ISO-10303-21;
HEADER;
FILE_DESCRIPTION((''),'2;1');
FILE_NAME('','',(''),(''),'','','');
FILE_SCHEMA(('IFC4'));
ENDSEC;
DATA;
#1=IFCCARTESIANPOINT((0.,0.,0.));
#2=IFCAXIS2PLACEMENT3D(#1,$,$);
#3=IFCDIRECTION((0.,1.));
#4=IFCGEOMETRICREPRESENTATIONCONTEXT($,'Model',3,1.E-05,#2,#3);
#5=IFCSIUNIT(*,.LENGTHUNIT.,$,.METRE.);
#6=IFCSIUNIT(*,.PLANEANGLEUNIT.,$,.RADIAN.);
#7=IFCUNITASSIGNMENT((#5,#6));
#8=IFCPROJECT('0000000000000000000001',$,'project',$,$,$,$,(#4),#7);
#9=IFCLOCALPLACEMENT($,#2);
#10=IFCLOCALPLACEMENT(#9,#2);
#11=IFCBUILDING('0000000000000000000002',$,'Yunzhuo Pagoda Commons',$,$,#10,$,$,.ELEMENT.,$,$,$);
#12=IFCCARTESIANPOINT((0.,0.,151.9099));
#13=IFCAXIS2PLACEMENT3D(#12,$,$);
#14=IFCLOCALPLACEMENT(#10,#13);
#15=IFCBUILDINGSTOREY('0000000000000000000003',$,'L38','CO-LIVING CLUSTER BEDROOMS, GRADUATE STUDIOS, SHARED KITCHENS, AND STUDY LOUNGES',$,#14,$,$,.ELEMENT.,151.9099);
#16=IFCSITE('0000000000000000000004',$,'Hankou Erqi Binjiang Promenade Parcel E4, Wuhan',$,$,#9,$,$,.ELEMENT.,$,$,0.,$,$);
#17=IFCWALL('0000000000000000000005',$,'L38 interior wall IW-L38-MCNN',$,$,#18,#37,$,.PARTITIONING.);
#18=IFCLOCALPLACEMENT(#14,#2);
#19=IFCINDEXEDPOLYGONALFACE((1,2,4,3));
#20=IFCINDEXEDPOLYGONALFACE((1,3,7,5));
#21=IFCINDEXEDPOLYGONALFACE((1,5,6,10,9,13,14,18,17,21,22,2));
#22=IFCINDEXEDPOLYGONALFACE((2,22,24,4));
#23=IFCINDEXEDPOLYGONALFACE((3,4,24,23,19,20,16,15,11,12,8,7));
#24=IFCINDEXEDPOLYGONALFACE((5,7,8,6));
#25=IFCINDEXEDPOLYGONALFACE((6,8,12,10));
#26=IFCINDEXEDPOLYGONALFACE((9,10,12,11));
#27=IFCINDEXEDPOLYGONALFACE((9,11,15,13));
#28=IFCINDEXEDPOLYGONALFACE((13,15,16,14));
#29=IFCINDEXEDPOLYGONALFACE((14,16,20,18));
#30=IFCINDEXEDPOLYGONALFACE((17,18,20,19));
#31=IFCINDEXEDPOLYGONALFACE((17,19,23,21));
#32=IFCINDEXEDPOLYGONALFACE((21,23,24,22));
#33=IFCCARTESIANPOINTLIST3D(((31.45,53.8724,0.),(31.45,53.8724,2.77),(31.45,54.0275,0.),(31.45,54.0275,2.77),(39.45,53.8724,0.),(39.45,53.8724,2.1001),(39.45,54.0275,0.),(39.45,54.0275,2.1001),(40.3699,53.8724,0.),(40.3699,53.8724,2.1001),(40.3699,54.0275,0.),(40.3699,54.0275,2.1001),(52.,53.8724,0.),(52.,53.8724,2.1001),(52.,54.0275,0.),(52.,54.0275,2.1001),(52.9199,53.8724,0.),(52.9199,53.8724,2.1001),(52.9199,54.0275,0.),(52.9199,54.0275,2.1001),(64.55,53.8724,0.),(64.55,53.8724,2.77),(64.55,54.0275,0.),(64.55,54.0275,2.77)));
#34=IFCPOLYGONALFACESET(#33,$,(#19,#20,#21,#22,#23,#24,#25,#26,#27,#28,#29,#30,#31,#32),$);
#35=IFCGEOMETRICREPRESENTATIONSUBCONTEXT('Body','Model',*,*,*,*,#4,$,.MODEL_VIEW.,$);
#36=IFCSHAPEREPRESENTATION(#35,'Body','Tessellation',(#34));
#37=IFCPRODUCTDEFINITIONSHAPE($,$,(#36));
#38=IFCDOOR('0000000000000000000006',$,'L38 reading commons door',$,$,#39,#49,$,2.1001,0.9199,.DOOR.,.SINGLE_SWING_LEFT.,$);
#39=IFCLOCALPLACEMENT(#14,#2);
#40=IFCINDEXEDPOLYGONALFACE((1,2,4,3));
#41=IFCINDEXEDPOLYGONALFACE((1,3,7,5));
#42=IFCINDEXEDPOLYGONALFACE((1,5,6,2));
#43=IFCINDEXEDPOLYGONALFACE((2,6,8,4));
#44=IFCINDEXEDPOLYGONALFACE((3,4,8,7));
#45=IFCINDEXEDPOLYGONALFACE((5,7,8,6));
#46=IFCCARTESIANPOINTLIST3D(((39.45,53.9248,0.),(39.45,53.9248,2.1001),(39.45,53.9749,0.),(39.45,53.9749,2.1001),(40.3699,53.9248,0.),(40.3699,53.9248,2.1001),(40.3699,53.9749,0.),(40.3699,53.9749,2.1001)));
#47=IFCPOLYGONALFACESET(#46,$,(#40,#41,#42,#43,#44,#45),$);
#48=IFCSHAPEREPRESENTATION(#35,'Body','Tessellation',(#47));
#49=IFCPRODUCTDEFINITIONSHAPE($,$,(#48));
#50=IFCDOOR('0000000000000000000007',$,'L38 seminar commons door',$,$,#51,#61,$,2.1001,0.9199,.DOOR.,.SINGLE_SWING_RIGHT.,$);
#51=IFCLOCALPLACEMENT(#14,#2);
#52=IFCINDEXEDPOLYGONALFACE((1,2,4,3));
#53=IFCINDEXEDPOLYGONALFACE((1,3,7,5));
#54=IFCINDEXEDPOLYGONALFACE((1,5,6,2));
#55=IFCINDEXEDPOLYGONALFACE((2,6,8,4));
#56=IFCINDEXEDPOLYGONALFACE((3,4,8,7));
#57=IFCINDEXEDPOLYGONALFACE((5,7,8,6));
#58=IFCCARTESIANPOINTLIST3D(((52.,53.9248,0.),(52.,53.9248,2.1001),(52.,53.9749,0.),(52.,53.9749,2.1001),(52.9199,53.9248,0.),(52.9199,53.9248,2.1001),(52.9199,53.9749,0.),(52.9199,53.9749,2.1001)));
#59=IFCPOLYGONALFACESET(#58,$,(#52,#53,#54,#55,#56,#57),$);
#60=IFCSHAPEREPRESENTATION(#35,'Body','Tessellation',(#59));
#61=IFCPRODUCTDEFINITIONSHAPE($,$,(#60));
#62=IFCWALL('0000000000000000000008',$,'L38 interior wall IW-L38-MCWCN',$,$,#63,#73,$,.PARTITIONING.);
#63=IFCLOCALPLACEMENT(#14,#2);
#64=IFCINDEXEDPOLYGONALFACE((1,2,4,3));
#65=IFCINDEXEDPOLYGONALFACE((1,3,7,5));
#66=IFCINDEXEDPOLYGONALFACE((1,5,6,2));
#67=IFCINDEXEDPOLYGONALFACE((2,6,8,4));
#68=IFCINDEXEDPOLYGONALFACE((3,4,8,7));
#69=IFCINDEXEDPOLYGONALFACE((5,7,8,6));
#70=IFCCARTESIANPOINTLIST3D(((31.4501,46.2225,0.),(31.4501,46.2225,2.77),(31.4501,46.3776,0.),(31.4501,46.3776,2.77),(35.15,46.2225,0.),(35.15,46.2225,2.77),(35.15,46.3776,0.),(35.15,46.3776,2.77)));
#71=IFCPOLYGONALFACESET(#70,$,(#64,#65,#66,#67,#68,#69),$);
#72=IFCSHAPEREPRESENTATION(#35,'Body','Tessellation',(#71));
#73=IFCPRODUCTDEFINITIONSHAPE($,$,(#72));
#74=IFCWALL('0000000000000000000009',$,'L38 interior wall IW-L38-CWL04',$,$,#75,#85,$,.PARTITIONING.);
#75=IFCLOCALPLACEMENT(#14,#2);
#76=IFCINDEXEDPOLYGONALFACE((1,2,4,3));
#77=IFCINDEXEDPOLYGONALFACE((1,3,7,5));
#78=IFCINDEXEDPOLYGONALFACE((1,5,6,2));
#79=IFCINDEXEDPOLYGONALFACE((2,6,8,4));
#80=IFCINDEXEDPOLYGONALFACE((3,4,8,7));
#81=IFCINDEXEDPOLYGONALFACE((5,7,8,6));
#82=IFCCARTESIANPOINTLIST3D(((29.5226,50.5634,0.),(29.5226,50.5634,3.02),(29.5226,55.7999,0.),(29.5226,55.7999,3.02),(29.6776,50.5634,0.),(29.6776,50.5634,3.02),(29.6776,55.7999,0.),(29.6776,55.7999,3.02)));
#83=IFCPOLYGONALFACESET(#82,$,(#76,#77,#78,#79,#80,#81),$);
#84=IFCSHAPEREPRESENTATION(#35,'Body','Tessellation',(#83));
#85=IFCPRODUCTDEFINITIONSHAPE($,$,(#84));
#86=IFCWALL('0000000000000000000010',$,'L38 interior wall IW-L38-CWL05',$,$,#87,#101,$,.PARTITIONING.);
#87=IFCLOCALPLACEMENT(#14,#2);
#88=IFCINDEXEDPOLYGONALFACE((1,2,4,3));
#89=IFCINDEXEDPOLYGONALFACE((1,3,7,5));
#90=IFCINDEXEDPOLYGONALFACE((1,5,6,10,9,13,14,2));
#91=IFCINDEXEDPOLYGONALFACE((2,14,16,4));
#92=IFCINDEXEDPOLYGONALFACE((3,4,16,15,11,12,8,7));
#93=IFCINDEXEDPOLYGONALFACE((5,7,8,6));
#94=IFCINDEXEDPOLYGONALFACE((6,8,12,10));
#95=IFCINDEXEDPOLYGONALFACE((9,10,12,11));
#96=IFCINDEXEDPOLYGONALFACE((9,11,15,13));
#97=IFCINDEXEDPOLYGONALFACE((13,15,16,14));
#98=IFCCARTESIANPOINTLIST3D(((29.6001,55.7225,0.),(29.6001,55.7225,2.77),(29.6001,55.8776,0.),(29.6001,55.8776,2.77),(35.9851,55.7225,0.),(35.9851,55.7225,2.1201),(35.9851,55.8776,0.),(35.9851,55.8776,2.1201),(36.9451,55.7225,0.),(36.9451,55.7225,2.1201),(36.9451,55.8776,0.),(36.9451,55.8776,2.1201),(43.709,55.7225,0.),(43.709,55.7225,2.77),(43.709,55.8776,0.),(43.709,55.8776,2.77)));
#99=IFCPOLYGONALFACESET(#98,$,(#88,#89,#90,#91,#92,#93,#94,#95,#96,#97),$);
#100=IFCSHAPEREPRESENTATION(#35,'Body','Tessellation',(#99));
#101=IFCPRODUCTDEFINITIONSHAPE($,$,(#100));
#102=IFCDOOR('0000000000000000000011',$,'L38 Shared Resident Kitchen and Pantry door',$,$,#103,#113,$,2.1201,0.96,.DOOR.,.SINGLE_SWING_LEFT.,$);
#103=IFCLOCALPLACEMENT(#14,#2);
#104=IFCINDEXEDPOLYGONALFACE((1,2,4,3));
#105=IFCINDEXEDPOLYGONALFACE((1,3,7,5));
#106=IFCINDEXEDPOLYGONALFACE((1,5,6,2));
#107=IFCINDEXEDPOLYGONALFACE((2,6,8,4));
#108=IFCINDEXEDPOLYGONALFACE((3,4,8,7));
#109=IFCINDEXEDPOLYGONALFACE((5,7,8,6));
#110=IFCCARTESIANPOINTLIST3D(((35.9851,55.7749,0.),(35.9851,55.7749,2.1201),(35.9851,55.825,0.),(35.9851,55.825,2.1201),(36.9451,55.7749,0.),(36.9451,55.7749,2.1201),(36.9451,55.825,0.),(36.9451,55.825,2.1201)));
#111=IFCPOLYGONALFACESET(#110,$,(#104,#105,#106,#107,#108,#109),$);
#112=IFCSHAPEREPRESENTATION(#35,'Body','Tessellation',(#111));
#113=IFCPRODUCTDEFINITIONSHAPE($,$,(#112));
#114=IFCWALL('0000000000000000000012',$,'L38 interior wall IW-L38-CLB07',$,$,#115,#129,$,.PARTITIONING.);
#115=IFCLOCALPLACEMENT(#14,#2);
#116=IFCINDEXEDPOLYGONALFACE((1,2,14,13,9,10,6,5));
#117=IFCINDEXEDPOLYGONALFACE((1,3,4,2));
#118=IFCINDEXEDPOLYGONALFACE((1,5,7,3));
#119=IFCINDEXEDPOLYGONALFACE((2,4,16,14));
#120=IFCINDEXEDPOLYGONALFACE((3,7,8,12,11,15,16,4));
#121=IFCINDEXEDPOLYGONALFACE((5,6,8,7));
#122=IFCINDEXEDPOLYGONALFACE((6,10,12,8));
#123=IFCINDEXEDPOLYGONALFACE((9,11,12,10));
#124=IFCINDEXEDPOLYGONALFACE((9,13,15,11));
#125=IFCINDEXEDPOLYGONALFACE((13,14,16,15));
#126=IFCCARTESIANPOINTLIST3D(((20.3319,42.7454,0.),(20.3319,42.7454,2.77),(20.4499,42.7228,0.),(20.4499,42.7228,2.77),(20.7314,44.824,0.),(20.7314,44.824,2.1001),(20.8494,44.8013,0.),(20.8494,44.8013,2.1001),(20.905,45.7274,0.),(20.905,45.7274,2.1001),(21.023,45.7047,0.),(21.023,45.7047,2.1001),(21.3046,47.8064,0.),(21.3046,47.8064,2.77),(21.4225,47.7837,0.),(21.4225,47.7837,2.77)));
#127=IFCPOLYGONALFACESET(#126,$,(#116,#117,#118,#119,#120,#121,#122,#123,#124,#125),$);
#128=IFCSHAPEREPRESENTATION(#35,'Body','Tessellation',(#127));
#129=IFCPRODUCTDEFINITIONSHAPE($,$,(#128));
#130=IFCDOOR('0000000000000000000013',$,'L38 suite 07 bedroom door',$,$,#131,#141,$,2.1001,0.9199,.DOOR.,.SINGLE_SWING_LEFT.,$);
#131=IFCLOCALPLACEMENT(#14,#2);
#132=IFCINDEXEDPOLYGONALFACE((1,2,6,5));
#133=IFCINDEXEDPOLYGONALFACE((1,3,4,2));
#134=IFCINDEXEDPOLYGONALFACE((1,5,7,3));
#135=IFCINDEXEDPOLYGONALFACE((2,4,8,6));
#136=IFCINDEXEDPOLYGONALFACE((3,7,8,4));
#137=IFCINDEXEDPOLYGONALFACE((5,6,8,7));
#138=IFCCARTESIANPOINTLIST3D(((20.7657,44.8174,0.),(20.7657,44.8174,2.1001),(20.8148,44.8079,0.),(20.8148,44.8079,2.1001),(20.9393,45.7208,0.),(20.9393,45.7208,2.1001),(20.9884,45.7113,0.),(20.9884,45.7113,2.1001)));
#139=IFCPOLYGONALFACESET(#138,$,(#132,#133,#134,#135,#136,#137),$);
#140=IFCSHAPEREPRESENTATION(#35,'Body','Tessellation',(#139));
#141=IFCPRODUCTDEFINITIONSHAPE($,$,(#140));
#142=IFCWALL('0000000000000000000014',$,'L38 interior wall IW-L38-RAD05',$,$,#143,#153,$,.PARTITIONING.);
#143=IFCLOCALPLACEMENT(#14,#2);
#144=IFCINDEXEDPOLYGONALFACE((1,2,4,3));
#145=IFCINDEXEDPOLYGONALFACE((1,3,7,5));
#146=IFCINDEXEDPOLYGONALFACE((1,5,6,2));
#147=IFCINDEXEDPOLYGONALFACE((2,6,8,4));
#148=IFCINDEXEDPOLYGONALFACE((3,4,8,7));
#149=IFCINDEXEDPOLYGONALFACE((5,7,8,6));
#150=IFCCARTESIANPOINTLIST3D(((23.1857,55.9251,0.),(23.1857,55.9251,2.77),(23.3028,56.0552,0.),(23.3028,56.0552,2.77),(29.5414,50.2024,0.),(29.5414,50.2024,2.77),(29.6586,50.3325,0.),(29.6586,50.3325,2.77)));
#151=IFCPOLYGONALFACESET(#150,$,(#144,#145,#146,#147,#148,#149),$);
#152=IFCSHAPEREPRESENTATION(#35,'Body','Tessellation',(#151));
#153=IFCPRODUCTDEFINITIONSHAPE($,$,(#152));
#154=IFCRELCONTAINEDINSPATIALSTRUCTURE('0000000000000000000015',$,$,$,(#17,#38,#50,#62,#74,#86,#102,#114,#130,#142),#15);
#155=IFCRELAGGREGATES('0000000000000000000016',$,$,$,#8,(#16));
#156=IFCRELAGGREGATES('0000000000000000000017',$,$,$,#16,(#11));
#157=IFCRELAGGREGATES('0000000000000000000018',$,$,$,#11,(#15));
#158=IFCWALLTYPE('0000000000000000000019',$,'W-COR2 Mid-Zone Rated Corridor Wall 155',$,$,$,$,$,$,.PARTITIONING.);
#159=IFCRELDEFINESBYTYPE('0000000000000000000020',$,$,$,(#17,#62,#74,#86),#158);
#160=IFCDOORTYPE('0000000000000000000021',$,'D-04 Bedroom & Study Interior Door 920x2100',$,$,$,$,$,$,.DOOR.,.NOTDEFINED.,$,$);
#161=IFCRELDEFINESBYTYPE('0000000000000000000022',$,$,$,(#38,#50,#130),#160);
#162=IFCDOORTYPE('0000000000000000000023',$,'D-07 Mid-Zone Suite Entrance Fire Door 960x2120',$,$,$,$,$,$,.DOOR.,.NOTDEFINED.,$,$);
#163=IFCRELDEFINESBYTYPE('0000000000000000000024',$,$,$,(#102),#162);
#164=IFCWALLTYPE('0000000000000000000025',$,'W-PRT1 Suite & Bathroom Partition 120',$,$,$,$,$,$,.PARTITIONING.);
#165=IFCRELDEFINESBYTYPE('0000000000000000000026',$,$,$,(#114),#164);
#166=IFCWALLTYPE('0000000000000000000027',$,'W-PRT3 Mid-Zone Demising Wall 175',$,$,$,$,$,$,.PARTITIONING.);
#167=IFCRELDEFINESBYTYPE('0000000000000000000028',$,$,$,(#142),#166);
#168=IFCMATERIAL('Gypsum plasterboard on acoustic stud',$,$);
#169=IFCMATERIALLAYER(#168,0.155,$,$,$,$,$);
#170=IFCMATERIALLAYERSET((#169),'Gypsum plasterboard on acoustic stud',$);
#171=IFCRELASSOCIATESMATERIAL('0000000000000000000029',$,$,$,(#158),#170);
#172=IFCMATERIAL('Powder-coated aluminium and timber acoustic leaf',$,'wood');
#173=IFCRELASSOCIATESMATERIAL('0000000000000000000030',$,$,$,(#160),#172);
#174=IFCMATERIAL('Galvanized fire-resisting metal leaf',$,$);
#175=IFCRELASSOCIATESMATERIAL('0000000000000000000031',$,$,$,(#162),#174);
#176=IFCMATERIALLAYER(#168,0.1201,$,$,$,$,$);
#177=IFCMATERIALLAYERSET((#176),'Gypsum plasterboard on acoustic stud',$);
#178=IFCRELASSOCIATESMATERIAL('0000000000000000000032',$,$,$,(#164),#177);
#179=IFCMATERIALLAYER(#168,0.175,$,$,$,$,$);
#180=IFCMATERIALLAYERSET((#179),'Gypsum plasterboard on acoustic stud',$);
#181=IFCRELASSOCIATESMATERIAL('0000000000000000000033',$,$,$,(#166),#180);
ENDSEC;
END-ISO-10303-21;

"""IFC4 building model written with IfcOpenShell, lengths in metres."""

from ifc_helpers import new_model, si_unit, direction, frame, frame_2d, origin, origin_with_axes, place, context, subcontext, project, spatial, rectangle, extrude, source, transform, mapped, material, layer, layer_set, type_object, element, fill, save


model = new_model("IFC4")

# Units and contexts
model_context = context("Model", 3, precision=1e-05, world=origin(), true_north=direction((0.0, 1.0)))
body_context = subcontext(model_context, "Body", "Model", "MODEL_VIEW")
ifc_project = project(units=[si_unit("LENGTHUNIT", "METRE"), si_unit("PLANEANGLEUNIT", "RADIAN")], contexts=[model_context])

# Site, building, storey
site_placement = place(None, origin())
site = spatial("IfcSite", under=ifc_project, at=site_placement, Name="Hankou Erqi Binjiang Promenade Parcel E4, Wuhan", CompositionType="ELEMENT", RefElevation=0.0)
building_placement = place(site_placement, origin())
building = spatial("IfcBuilding", under=site, at=building_placement, Name="Yunzhuo Pagoda Commons", CompositionType="ELEMENT")
storey_placement = place(building_placement, frame((0.0, 0.0, 151.9099)))
storey = spatial("IfcBuildingStorey", under=building, at=storey_placement, Name="L38", Description="CO-LIVING CLUSTER BEDROOMS, GRADUATE STUDIOS, SHARED KITCHENS, AND STUDY LOUNGES", CompositionType="ELEMENT", Elevation=151.9099)

# Wall, openings, doors
ifc_material_1 = material(Name="Gypsum plasterboard on acoustic stud")
ifc_layer_1 = layer(ifc_material_1, 0.155)
ifc_layer_set_1 = layer_set([ifc_layer_1], Name="Gypsum plasterboard on acoustic stud")
wall_type_1 = type_object("IfcWallType", Name="W-COR2 Mid-Zone Rated Corridor Wall 155", PredefinedType="PARTITIONING", material=ifc_layer_set_1)
wall_1_placement = place(storey_placement, frame((31.45, 53.95, 0.0), z_axis=(0.0, 0.0, 1.0), x_axis=(1.0, 0.0, 0.0)))
wall_1 = element("IfcWall", 1, at=wall_1_placement, inside=storey, type_object=wall_type_1, Name="L38 interior wall IW-L38-MCNN", PredefinedType="PARTITIONING", context=body_context, shape_type="SweptSolid", body=[
    extrude(rectangle(XDim=33.1001, YDim=0.155, at=frame_2d((16.55, 0.0))), origin(), (0.0, 0.0, 1.0), 2.77),
])
opening_1_placement = place(wall_1_placement, frame((8.0, 0.0, 0.0)))
opening_1 = element("IfcOpeningElement", 2, at=opening_1_placement, cuts=wall_1, PredefinedType="OPENING", context=body_context, shape_type="SweptSolid", body=[
    extrude(rectangle(XDim=0.9199, YDim=2.1001, at=frame_2d((0.46, 1.05))), frame((0.0, 0.0874, 0.0), z_axis=(0.0, -1.0, 0.0), x_axis=(1.0, 0.0, 0.0)), (0.0, 0.0, 1.0), 0.175),
])
opening_2_placement = place(wall_1_placement, frame((20.55, 0.0, 0.0)))
opening_2 = element("IfcOpeningElement", 3, at=opening_2_placement, cuts=wall_1, PredefinedType="OPENING", context=body_context, shape_type="SweptSolid", body=[
    extrude(rectangle(XDim=0.9199, YDim=2.1001, at=frame_2d((0.46, 1.05))), frame((0.0, 0.0874, 0.0), z_axis=(0.0, -1.0, 0.0), x_axis=(1.0, 0.0, 0.0)), (0.0, 0.0, 1.0), 0.175),
])
ifc_material_2 = material(Name="Powder-coated aluminium and timber acoustic leaf", Category="wood")
door_type_1 = type_object("IfcDoorType", Name="D-04 Bedroom & Study Interior Door 920x2100", OperationType="NOTDEFINED", PredefinedType="DOOR", material=ifc_material_2)
shared_shape_1 = source(origin(), body_context, "Body", "SweptSolid", [
    extrude(rectangle(XDim=0.9199, YDim=2.1001, at=frame_2d((0.46, 1.05))), frame((0.0, 0.0249, 0.0), z_axis=(0.0, -1.0, 0.0), x_axis=(1.0, 0.0, 0.0)), (0.0, 0.0, 1.0), 0.05),
])
door_1_placement = place(opening_1_placement, origin_with_axes())
door_1 = element("IfcDoor", 4, at=door_1_placement, inside=storey, type_object=door_type_1, Name="L38 reading commons door", OperationType="SINGLE_SWING_LEFT", OverallHeight=2.1001, OverallWidth=0.9199, PredefinedType="DOOR", context=body_context, shape_type="MappedRepresentation", body=[
    mapped(shared_shape_1, transform((0.0, 0.0, 0.0), scale=1.0)),
])
fill(opening_1, door_1)
door_2_placement = place(opening_2_placement, origin_with_axes())
door_2 = element("IfcDoor", 5, at=door_2_placement, inside=storey, type_object=door_type_1, Name="L38 seminar commons door", OperationType="SINGLE_SWING_RIGHT", OverallHeight=2.1001, OverallWidth=0.9199, PredefinedType="DOOR", context=body_context, shape_type="MappedRepresentation", body=[
    mapped(shared_shape_1, transform((0.0, 0.0, 0.0), scale=1.0)),
])
fill(opening_2, door_2)

# Walls
wall_2_placement = place(storey_placement, frame((31.45, 46.3, 0.0), z_axis=(0.0, 0.0, 1.0), x_axis=(1.0, 0.0, 0.0)))
element("IfcWall", 6, at=wall_2_placement, inside=storey, type_object=wall_type_1, Name="L38 interior wall IW-L38-MCWCN", PredefinedType="PARTITIONING", context=body_context, shape_type="SweptSolid", body=[
    extrude(rectangle(XDim=3.7, YDim=0.155, at=frame_2d((1.8501, 0.0))), origin(), (0.0, 0.0, 1.0), 2.77),
])
wall_3_placement = place(storey_placement, frame((29.6001, 50.5635, 0.0), z_axis=(0.0, 0.0, 1.0), x_axis=(0.0, 1.0, 0.0)))
element("IfcWall", 7, at=wall_3_placement, inside=storey, type_object=wall_type_1, Name="L38 interior wall IW-L38-CWL04", PredefinedType="PARTITIONING", context=body_context, shape_type="SweptSolid", body=[
    extrude(rectangle(XDim=5.2366, YDim=0.155, at=frame_2d((2.6182, 0.0))), origin(), (0.0, 0.0, 1.0), 3.02),
])

# Walls, openings, doors
wall_4_placement = place(storey_placement, frame((29.6001, 55.8, 0.0), z_axis=(0.0, 0.0, 1.0), x_axis=(1.0, 0.0, 0.0)))
wall_4 = element("IfcWall", 8, at=wall_4_placement, inside=storey, type_object=wall_type_1, Name="L38 interior wall IW-L38-CWL05", PredefinedType="PARTITIONING", context=body_context, shape_type="SweptSolid", body=[
    extrude(rectangle(XDim=14.1089, YDim=0.155, at=frame_2d((7.0544, 0.0))), origin(), (0.0, 0.0, 1.0), 2.77),
])
opening_3_placement = place(wall_4_placement, frame((6.385, 0.0, 0.0)))
opening_3 = element("IfcOpeningElement", 9, at=opening_3_placement, cuts=wall_4, PredefinedType="OPENING", context=body_context, shape_type="SweptSolid", body=[
    extrude(rectangle(XDim=0.96, YDim=2.1201, at=frame_2d((0.48, 1.0601))), frame((0.0, 0.0874, 0.0), z_axis=(0.0, -1.0, 0.0), x_axis=(1.0, 0.0, 0.0)), (0.0, 0.0, 1.0), 0.175),
])
ifc_material_3 = material(Name="Galvanized fire-resisting metal leaf")
door_type_2 = type_object("IfcDoorType", Name="D-07 Mid-Zone Suite Entrance Fire Door 960x2120", OperationType="NOTDEFINED", PredefinedType="DOOR", material=ifc_material_3)
shared_shape_2 = source(origin(), body_context, "Body", "SweptSolid", [
    extrude(rectangle(XDim=0.96, YDim=2.1201, at=frame_2d((0.48, 1.0601))), frame((0.0, 0.0249, 0.0), z_axis=(0.0, -1.0, 0.0), x_axis=(1.0, 0.0, 0.0)), (0.0, 0.0, 1.0), 0.05),
])
door_3_placement = place(opening_3_placement, origin_with_axes())
door_3 = element("IfcDoor", 10, at=door_3_placement, inside=storey, type_object=door_type_2, Name="L38 Shared Resident Kitchen and Pantry door", OperationType="SINGLE_SWING_LEFT", OverallHeight=2.1201, OverallWidth=0.96, PredefinedType="DOOR", context=body_context, shape_type="MappedRepresentation", body=[
    mapped(shared_shape_2, transform((0.0, 0.0, 0.0), scale=1.0)),
])
fill(opening_3, door_3)
ifc_layer_2 = layer(ifc_material_1, 0.1201)
ifc_layer_set_2 = layer_set([ifc_layer_2], Name="Gypsum plasterboard on acoustic stud")
wall_type_2 = type_object("IfcWallType", Name="W-PRT1 Suite & Bathroom Partition 120", PredefinedType="PARTITIONING", material=ifc_layer_set_2)
wall_5_placement = place(storey_placement, frame((21.3635, 47.7949, 0.0), z_axis=(0.0, 0.0, 1.0), x_axis=(-0.188731, -0.982029, 0.0)))
wall_5 = element("IfcWall", 11, at=wall_5_placement, inside=storey, type_object=wall_type_2, Name="L38 interior wall IW-L38-CLB07", PredefinedType="PARTITIONING", context=body_context, shape_type="SweptSolid", body=[
    extrude(rectangle(XDim=5.1536, YDim=0.1201, at=frame_2d((2.5767, 0.0))), origin(), (0.0, 0.0, 1.0), 2.77),
])
opening_4_placement = place(wall_5_placement, frame((2.1169, 0.0, 0.0)))
opening_4 = element("IfcOpeningElement", 12, at=opening_4_placement, cuts=wall_5, PredefinedType="OPENING", context=body_context, shape_type="SweptSolid", body=[
    extrude(rectangle(XDim=0.9199, YDim=2.1001, at=frame_2d((0.46, 1.05))), frame((0.0, 0.0701, 0.0), z_axis=(0.0, -1.0, 0.0), x_axis=(1.0, 0.0, 0.0)), (0.0, 0.0, 1.0), 0.1401),
])
door_4_placement = place(opening_4_placement, origin_with_axes())
door_4 = element("IfcDoor", 13, at=door_4_placement, inside=storey, type_object=door_type_1, Name="L38 suite 07 bedroom door", OperationType="SINGLE_SWING_LEFT", OverallHeight=2.1001, OverallWidth=0.9199, PredefinedType="DOOR", context=body_context, shape_type="MappedRepresentation", body=[
    mapped(shared_shape_1, transform((0.0, 0.0, 0.0), scale=1.0)),
])
fill(opening_4, door_4)

# Wall
ifc_layer_3 = layer(ifc_material_1, 0.175)
ifc_layer_set_3 = layer_set([ifc_layer_3], Name="Gypsum plasterboard on acoustic stud")
wall_type_3 = type_object("IfcWallType", Name="W-PRT3 Mid-Zone Demising Wall 175", PredefinedType="PARTITIONING", material=ifc_layer_set_3)
wall_6_placement = place(storey_placement, frame((29.6001, 50.2673, 0.0), z_axis=(0.0, 0.0, 1.0), x_axis=(-0.743148, 0.669127, 0.0)))
element("IfcWall", 14, at=wall_6_placement, inside=storey, type_object=wall_type_3, Name="L38 interior wall IW-L38-RAD05", PredefinedType="PARTITIONING", context=body_context, shape_type="SweptSolid", body=[
    extrude(rectangle(XDim=8.5525, YDim=0.175, at=frame_2d((4.2764, 0.0))), origin(), (0.0, 0.0, 1.0), 2.77),
])

save(model, "model.ifc")
